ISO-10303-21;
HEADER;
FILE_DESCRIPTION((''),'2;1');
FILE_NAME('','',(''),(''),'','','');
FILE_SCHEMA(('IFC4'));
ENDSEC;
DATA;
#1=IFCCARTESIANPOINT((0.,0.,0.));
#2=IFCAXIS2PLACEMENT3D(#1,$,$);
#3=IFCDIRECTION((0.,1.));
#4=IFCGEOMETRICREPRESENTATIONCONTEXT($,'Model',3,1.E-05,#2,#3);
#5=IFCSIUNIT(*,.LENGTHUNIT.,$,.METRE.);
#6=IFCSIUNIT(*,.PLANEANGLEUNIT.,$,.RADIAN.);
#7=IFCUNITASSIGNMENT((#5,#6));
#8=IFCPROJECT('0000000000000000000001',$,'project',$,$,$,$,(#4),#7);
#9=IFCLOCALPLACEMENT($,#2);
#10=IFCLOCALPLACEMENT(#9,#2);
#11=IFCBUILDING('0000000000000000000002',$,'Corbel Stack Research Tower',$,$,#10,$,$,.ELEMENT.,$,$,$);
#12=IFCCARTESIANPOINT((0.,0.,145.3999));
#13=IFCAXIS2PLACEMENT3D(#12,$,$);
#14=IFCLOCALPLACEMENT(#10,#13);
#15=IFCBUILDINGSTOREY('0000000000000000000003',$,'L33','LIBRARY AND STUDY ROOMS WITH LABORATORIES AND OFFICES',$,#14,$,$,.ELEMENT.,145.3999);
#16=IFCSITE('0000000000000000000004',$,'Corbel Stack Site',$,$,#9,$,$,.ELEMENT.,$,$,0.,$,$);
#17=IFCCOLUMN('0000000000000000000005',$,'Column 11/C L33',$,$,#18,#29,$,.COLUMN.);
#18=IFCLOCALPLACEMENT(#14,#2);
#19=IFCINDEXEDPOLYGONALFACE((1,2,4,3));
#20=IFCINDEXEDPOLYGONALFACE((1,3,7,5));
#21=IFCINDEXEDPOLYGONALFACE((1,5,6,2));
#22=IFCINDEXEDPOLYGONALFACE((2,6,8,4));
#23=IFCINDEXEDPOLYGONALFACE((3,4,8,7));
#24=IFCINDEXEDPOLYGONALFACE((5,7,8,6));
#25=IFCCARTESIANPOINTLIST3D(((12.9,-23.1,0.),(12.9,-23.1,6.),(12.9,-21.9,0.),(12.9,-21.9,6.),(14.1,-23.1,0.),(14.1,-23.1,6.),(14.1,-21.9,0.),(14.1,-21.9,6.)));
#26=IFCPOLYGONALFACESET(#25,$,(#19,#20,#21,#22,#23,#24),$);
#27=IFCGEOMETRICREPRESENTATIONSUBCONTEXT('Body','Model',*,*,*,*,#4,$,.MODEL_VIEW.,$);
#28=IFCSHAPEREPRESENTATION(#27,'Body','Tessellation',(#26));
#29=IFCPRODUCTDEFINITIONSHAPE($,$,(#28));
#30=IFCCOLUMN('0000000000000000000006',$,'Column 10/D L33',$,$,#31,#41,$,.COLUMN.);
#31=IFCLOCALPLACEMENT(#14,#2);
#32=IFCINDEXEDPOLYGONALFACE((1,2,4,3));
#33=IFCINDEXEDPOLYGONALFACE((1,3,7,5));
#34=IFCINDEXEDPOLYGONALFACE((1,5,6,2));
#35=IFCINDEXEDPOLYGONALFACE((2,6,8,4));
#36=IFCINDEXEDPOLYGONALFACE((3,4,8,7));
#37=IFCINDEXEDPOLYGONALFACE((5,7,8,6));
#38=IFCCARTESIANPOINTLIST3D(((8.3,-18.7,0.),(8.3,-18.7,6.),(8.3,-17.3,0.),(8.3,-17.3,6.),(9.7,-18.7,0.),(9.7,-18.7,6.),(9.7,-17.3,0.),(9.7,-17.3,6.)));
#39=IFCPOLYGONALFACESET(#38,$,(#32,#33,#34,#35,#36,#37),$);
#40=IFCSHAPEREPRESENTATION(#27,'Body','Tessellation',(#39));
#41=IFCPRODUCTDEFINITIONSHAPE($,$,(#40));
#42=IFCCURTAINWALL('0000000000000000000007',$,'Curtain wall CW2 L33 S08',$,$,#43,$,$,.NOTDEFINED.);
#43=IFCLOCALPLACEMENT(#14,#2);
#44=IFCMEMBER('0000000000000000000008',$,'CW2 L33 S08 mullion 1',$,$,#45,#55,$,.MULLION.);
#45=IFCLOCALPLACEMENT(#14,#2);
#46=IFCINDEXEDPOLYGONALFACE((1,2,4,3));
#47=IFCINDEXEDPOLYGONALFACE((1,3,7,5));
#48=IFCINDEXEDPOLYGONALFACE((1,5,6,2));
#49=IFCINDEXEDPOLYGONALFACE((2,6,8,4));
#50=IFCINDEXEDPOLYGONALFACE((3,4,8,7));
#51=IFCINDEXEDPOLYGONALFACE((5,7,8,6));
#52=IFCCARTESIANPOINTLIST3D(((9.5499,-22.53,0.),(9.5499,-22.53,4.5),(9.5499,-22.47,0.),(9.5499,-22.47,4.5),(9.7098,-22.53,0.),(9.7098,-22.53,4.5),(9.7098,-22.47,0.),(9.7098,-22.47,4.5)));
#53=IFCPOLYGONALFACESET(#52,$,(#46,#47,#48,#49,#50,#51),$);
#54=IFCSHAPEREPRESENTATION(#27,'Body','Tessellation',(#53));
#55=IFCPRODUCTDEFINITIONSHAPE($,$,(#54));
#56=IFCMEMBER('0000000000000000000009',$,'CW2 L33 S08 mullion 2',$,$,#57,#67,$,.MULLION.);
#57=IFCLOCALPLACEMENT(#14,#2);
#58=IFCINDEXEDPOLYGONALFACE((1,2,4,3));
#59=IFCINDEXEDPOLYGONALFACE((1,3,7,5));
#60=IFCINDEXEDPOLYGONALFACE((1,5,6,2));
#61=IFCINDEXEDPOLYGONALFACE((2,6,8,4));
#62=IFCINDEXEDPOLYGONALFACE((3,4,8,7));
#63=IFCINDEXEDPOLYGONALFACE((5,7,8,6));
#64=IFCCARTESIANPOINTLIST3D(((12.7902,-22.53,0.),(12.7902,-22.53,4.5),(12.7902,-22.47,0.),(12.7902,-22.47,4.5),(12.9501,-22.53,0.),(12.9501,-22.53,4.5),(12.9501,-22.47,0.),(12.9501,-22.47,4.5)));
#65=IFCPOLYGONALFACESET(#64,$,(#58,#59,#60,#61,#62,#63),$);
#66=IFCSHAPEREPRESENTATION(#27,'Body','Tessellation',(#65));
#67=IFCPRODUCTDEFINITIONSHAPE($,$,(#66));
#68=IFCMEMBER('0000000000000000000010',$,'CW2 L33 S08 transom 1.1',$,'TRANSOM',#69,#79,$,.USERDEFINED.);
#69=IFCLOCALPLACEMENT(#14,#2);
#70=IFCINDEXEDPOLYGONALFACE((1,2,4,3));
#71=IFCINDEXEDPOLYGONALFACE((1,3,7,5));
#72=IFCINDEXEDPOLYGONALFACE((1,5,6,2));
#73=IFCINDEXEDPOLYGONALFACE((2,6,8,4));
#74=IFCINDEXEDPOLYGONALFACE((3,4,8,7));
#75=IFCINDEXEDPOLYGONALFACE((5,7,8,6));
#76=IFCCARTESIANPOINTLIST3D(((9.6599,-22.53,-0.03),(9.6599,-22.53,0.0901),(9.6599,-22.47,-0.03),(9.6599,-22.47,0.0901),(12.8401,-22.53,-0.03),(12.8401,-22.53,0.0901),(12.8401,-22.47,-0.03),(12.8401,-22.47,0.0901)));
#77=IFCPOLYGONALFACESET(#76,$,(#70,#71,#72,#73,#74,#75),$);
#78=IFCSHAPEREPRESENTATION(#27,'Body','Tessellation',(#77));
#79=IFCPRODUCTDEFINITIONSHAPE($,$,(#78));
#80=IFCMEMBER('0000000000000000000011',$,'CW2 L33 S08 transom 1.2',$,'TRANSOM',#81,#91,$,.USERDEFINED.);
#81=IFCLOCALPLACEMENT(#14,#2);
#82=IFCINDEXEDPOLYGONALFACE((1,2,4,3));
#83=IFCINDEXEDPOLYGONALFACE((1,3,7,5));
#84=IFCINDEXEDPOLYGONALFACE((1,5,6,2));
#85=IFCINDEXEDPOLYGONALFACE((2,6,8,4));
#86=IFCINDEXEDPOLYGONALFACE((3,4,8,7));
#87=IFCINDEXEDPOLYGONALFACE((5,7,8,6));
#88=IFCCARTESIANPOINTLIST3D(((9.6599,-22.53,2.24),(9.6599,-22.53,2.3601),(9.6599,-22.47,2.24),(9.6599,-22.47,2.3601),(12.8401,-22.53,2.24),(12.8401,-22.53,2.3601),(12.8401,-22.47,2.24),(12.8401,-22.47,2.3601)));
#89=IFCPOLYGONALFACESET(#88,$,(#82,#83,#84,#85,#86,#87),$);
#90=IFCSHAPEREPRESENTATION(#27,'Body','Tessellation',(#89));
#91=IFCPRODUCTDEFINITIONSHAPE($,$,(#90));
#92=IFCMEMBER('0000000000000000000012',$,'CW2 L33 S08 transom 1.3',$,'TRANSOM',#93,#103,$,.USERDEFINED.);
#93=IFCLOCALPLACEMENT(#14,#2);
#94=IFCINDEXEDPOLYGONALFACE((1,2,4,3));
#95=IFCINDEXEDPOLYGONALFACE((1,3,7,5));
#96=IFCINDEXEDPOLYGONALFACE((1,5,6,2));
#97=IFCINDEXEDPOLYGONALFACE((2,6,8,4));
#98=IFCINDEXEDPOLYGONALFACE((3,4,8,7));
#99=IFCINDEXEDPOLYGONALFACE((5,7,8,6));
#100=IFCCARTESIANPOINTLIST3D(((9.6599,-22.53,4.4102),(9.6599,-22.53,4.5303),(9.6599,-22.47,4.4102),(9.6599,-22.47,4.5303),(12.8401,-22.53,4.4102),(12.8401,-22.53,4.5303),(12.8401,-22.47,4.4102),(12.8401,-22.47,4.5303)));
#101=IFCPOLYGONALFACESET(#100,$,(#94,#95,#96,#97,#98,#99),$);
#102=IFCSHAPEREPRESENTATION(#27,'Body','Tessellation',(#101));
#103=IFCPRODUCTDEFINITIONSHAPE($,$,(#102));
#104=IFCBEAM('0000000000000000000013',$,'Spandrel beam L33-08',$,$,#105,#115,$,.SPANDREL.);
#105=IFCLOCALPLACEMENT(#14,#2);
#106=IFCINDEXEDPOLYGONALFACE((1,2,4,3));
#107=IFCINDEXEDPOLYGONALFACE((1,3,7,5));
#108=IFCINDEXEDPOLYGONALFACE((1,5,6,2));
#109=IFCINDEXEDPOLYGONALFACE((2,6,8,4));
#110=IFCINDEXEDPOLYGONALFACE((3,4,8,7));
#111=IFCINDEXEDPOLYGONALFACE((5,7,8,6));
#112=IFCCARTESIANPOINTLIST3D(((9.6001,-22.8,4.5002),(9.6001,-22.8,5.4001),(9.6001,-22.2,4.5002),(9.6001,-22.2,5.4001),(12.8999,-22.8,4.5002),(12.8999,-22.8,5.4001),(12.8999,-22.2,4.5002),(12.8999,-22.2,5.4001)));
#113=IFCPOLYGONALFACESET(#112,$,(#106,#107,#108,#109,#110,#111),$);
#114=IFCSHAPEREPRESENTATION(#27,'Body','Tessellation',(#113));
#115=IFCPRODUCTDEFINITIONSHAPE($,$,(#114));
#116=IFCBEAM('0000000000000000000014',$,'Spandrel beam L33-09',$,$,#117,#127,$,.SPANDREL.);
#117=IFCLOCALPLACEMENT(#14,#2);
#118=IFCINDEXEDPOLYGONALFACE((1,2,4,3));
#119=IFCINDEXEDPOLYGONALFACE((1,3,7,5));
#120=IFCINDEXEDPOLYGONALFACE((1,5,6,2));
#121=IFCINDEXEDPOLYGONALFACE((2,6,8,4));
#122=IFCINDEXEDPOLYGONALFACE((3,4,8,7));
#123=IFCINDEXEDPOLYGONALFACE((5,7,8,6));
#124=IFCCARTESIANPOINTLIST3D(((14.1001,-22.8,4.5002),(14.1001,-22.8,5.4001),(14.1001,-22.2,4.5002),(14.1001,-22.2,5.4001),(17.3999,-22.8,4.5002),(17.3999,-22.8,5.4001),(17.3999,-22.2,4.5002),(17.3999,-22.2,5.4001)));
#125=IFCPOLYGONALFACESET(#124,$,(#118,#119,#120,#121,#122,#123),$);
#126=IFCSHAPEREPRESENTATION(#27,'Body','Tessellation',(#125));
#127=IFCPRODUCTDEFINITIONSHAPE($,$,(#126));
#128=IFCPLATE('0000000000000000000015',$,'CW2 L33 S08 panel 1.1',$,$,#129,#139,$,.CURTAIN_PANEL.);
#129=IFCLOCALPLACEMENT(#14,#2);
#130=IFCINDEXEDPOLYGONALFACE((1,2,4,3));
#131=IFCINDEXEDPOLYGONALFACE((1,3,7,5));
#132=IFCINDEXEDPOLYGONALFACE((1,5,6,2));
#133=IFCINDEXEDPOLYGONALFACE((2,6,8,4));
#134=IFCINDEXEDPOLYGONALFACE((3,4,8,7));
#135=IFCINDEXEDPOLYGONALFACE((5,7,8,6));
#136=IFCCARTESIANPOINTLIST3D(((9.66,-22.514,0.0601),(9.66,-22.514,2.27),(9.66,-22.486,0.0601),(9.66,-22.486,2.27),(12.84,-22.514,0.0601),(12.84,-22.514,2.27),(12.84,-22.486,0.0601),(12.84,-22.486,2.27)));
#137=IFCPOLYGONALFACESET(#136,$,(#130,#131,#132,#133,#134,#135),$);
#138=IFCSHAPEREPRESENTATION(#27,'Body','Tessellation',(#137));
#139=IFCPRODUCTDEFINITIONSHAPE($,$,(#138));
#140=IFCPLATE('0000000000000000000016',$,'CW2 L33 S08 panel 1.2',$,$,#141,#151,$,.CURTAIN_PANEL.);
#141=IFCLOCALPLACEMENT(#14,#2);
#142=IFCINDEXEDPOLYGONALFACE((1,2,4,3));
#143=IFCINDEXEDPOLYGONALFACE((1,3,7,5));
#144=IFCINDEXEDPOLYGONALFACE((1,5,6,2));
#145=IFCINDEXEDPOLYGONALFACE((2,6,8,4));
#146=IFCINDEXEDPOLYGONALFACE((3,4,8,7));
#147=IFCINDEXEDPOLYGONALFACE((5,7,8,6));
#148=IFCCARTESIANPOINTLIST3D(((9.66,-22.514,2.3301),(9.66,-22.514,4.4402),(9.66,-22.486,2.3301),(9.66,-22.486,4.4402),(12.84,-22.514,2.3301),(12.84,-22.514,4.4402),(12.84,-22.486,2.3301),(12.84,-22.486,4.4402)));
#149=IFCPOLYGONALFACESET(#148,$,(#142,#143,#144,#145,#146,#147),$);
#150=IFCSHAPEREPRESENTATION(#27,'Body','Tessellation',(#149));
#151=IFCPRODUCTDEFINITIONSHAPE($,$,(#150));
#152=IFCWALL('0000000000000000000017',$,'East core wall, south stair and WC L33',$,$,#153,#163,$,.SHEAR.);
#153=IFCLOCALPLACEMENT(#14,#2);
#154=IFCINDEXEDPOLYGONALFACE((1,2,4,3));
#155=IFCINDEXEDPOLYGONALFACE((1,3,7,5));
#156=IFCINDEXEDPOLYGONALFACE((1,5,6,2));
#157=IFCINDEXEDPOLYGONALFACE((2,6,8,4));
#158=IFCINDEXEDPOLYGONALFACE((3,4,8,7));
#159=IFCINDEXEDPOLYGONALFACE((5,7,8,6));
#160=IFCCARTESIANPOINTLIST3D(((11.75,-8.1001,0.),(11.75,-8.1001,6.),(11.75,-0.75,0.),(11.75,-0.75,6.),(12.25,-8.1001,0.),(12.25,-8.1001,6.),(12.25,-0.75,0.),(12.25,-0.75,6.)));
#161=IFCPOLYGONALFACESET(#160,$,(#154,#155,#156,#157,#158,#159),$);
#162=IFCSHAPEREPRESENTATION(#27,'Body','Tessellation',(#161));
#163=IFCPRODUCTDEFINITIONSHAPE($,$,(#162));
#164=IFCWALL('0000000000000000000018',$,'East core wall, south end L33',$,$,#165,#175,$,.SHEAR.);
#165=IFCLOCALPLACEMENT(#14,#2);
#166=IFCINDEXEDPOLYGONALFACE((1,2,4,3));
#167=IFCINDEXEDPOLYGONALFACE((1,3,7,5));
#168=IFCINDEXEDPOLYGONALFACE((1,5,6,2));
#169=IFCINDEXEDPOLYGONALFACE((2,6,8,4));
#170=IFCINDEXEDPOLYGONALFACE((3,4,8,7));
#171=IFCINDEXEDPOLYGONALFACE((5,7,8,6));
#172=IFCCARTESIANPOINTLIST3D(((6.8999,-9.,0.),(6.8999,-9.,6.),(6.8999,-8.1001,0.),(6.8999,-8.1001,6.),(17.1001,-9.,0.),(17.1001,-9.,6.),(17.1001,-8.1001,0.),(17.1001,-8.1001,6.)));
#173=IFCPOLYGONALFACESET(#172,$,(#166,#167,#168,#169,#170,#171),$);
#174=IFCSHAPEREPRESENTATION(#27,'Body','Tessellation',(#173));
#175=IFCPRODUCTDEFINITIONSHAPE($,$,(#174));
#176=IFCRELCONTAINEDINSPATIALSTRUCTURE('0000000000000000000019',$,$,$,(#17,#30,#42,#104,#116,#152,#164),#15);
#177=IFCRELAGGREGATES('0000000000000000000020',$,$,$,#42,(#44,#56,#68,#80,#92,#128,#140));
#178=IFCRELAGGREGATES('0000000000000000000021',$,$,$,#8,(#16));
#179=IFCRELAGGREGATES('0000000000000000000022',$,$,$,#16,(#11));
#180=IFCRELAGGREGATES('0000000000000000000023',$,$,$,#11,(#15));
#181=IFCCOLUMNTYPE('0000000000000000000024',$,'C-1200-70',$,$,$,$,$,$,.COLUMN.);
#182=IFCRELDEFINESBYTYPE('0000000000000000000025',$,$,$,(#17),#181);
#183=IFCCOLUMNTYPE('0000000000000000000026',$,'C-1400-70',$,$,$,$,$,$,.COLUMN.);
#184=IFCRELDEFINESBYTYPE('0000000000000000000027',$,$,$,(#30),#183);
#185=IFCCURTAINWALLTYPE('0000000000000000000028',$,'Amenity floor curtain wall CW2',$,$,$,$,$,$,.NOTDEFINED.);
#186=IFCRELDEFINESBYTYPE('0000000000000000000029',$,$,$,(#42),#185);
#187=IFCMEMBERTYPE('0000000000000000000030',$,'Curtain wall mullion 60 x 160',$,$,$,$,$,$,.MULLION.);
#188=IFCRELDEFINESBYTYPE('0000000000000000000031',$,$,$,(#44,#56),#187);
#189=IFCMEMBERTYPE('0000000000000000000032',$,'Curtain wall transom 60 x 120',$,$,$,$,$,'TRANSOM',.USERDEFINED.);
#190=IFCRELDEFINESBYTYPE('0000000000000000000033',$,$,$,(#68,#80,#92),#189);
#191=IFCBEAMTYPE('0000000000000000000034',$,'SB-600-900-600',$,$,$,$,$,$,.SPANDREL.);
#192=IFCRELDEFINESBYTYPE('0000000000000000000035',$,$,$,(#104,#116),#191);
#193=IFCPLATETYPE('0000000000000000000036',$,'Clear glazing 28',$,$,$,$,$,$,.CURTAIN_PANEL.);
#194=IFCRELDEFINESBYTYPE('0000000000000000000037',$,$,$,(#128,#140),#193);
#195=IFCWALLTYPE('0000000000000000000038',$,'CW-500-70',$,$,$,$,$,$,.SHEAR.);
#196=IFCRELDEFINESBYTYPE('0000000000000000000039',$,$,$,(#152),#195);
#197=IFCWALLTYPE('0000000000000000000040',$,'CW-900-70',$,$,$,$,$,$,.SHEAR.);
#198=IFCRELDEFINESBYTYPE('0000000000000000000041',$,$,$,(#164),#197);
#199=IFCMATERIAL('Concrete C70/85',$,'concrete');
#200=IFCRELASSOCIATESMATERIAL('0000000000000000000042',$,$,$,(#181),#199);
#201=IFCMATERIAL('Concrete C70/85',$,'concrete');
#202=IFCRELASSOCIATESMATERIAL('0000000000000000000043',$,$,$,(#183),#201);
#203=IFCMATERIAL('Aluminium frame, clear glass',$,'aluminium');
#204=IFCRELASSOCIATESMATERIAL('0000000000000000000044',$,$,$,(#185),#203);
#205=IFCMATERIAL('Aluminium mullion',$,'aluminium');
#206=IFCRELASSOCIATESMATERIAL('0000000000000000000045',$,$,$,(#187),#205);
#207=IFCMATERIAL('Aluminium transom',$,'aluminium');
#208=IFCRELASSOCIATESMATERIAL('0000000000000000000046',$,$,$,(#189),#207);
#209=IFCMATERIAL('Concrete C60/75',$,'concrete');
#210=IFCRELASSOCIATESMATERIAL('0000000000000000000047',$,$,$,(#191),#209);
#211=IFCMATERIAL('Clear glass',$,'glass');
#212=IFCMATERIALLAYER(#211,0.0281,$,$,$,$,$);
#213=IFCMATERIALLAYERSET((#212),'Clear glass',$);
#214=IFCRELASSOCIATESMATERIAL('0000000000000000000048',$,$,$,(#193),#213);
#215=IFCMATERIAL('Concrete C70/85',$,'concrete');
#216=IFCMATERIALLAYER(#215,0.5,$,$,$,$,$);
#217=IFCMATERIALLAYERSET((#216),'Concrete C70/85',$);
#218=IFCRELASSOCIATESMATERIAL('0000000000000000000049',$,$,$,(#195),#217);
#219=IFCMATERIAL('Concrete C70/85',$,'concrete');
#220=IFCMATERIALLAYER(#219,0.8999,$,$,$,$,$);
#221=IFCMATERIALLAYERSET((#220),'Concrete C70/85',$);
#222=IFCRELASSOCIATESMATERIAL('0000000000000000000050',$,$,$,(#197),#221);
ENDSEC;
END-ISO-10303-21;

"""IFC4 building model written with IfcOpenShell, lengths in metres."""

from ifc_helpers import new_model, si_unit, direction, frame, frame_2d, origin, origin_2d, place, context, subcontext, project, spatial, rectangle, extrude, material, layer, layer_set, material_profile, profile_set, type_object, element, aggregate, save


model = new_model("IFC4")

# Units and contexts
model_context = context("Model", 3, precision=1e-05, world=origin(), true_north=direction((0.0, 1.0)))
body_context = subcontext(model_context, "Body", "Model", "MODEL_VIEW")
ifc_project = project(units=[si_unit("LENGTHUNIT", "METRE"), si_unit("PLANEANGLEUNIT", "RADIAN")], contexts=[model_context])

# Site, building, storey
site_placement = place(None, origin())
site = spatial("IfcSite", under=ifc_project, at=site_placement, Name="Corbel Stack Site", CompositionType="ELEMENT", RefElevation=0.0)
building_placement = place(site_placement, origin())
building = spatial("IfcBuilding", under=site, at=building_placement, Name="Corbel Stack Research Tower", CompositionType="ELEMENT")
storey_placement = place(building_placement, frame((0.0, 0.0, 145.3999)))
storey = spatial("IfcBuildingStorey", under=building, at=storey_placement, Name="L33", Description="LIBRARY AND STUDY ROOMS WITH LABORATORIES AND OFFICES", CompositionType="ELEMENT", Elevation=145.3999)

# Columns
ifc_material_1 = material(Name="Concrete C70/85", Category="concrete")
ifc_material_profile_1 = material_profile(ifc_material_1, rectangle(XDim=1.2, YDim=1.2, at=origin_2d()), Name="RC 1200 x 1200")
ifc_profile_set_1 = profile_set([ifc_material_profile_1], Name="Concrete C70/85")
column_type_1 = type_object("IfcColumnType", Name="C-1200-70", PredefinedType="COLUMN", material=ifc_profile_set_1)
column_1_placement = place(storey_placement, frame((13.5, -22.5, 0.0), z_axis=(0.0, 0.0, 1.0), x_axis=(1.0, 0.0, 0.0)))
element("IfcColumn", 1, at=column_1_placement, inside=storey, type_object=column_type_1, Name="Column 11/C L33", PredefinedType="COLUMN", context=body_context, shape_type="SweptSolid", body=[
    extrude(rectangle(XDim=1.2, YDim=1.2, at=origin_2d()), origin(), (0.0, 0.0, 1.0), 6.0),
])
ifc_material_2 = material(Name="Concrete C70/85", Category="concrete")
ifc_material_profile_2 = material_profile(ifc_material_2, rectangle(XDim=1.3999, YDim=1.3999, at=origin_2d()), Name="RC 1400 x 1400")
ifc_profile_set_2 = profile_set([ifc_material_profile_2], Name="Concrete C70/85")
column_type_2 = type_object("IfcColumnType", Name="C-1400-70", PredefinedType="COLUMN", material=ifc_profile_set_2)
column_2_placement = place(storey_placement, frame((9.0, -18.0, 0.0), z_axis=(0.0, 0.0, 1.0), x_axis=(1.0, 0.0, 0.0)))
element("IfcColumn", 2, at=column_2_placement, inside=storey, type_object=column_type_2, Name="Column 10/D L33", PredefinedType="COLUMN", context=body_context, shape_type="SweptSolid", body=[
    extrude(rectangle(XDim=1.3999, YDim=1.3999, at=origin_2d()), origin(), (0.0, 0.0, 1.0), 6.0),
])

# Curtain wall, members
ifc_material_3 = material(Name="Aluminium frame, clear glass", Category="aluminium")
curtain_wall_type = type_object("IfcCurtainWallType", Name="Amenity floor curtain wall CW2", PredefinedType="NOTDEFINED", material=ifc_material_3)
curtain_wall_placement = place(storey_placement, origin())
curtain_wall = element("IfcCurtainWall", 3, at=curtain_wall_placement, inside=storey, type_object=curtain_wall_type, Name="Curtain wall CW2 L33 S08", PredefinedType="NOTDEFINED")
ifc_material_4 = material(Name="Aluminium mullion", Category="aluminium")
ifc_material_profile_3 = material_profile(ifc_material_4, rectangle(XDim=0.0601, YDim=0.1599, at=origin_2d()), Name="Mullion 60 x 160")
ifc_profile_set_3 = profile_set([ifc_material_profile_3], Name="Aluminium mullion")
member_type_1 = type_object("IfcMemberType", Name="Curtain wall mullion 60 x 160", PredefinedType="MULLION", material=ifc_profile_set_3)
member_1_placement = place(storey_placement, frame((9.6299, -22.5, 0.0), z_axis=(0.0, 0.0, 1.0), x_axis=(0.0, 1.0, 0.0)))
member_1 = element("IfcMember", 4, at=member_1_placement, type_object=member_type_1, Name="CW2 L33 S08 mullion 1", PredefinedType="MULLION", context=body_context, shape_type="SweptSolid", body=[
    extrude(rectangle(XDim=0.0601, YDim=0.1599, at=origin_2d()), origin(), (0.0, 0.0, 1.0), 4.5),
])
member_2_placement = place(storey_placement, frame((12.8701, -22.5, 0.0), z_axis=(0.0, 0.0, 1.0), x_axis=(0.0, 1.0, 0.0)))
member_2 = element("IfcMember", 5, at=member_2_placement, type_object=member_type_1, Name="CW2 L33 S08 mullion 2", PredefinedType="MULLION", context=body_context, shape_type="SweptSolid", body=[
    extrude(rectangle(XDim=0.0601, YDim=0.1599, at=origin_2d()), origin(), (0.0, 0.0, 1.0), 4.5),
])
ifc_material_5 = material(Name="Aluminium transom", Category="aluminium")
ifc_material_profile_4 = material_profile(ifc_material_5, rectangle(XDim=0.0601, YDim=0.1201, at=origin_2d()), Name="Transom 60 x 120")
ifc_profile_set_4 = profile_set([ifc_material_profile_4], Name="Aluminium transom")
member_type_2 = type_object("IfcMemberType", Name="Curtain wall transom 60 x 120", ElementType="TRANSOM", PredefinedType="USERDEFINED", material=ifc_profile_set_4)
member_3_placement = place(storey_placement, frame((9.6599, -22.5, 0.03), z_axis=(1.0, 0.0, 0.0), x_axis=(0.0, 1.0, 0.0)))
member_3 = element("IfcMember", 6, at=member_3_placement, type_object=member_type_2, Name="CW2 L33 S08 transom 1.1", ObjectType="TRANSOM", PredefinedType="USERDEFINED", context=body_context, shape_type="SweptSolid", body=[
    extrude(rectangle(XDim=0.0601, YDim=0.1201, at=origin_2d()), origin(), (0.0, 0.0, 1.0), 3.1802),
])
member_4_placement = place(storey_placement, frame((9.6599, -22.5, 2.3), z_axis=(1.0, 0.0, 0.0), x_axis=(0.0, 1.0, 0.0)))
member_4 = element("IfcMember", 7, at=member_4_placement, type_object=member_type_2, Name="CW2 L33 S08 transom 1.2", ObjectType="TRANSOM", PredefinedType="USERDEFINED", context=body_context, shape_type="SweptSolid", body=[
    extrude(rectangle(XDim=0.0601, YDim=0.1201, at=origin_2d()), origin(), (0.0, 0.0, 1.0), 3.1802),
])
member_5_placement = place(storey_placement, frame((9.6599, -22.5, 4.4702), z_axis=(1.0, 0.0, 0.0), x_axis=(0.0, 1.0, 0.0)))
member_5 = element("IfcMember", 8, at=member_5_placement, type_object=member_type_2, Name="CW2 L33 S08 transom 1.3", ObjectType="TRANSOM", PredefinedType="USERDEFINED", context=body_context, shape_type="SweptSolid", body=[
    extrude(rectangle(XDim=0.0601, YDim=0.1201, at=origin_2d()), origin(), (0.0, 0.0, 1.0), 3.1802),
])

# Beams
ifc_material_6 = material(Name="Concrete C60/75", Category="concrete")
ifc_material_profile_5 = material_profile(ifc_material_6, rectangle(XDim=0.6001, YDim=0.8999, at=origin_2d()), Name="RC 600 x 900")
ifc_profile_set_5 = profile_set([ifc_material_profile_5], Name="Concrete C60/75")
beam_type = type_object("IfcBeamType", Name="SB-600-900-600", PredefinedType="SPANDREL", material=ifc_profile_set_5)
for number, where, z_axis, x_axis, name in (
    (9, (9.6001, -22.5, 4.9502), (1.0, 0.0, 0.0), (0.0, 1.0, 0.0), "Spandrel beam L33-08"),
    (10, (14.1001, -22.5, 4.9502), (1.0, 0.0, 0.0), (0.0, 1.0, 0.0), "Spandrel beam L33-09"),
):
    element("IfcBeam", number, at=place(storey_placement, frame(where, z_axis=z_axis, x_axis=x_axis)), inside=storey, type_object=beam_type, Name=name, PredefinedType="SPANDREL", context=body_context, shape_type="SweptSolid", body=[
        extrude(rectangle(XDim=0.6001, YDim=0.8999, at=origin_2d()), origin(), (0.0, 0.0, 1.0), 3.2998),
    ])

# Plates
ifc_material_7 = material(Name="Clear glass", Category="glass")
ifc_layer_1 = layer(ifc_material_7, 0.0281)
ifc_layer_set_1 = layer_set([ifc_layer_1], Name="Clear glass")
plate_type = type_object("IfcPlateType", Name="Clear glazing 28", PredefinedType="CURTAIN_PANEL", material=ifc_layer_set_1)
plate_1_placement = place(storey_placement, frame((11.25, -22.5, 0.0601), z_axis=(0.0, 0.0, 1.0), x_axis=(1.0, 0.0, 0.0)))
plate_1 = element("IfcPlate", 11, at=plate_1_placement, type_object=plate_type, Name="CW2 L33 S08 panel 1.1", PredefinedType="CURTAIN_PANEL", context=body_context, shape_type="SweptSolid", body=[
    extrude(rectangle(XDim=3.1799, YDim=0.0281, at=origin_2d()), origin(), (0.0, 0.0, 1.0), 2.21),
])
plate_2_placement = place(storey_placement, frame((11.25, -22.5, 2.3301), z_axis=(0.0, 0.0, 1.0), x_axis=(1.0, 0.0, 0.0)))
plate_2 = element("IfcPlate", 12, at=plate_2_placement, type_object=plate_type, Name="CW2 L33 S08 panel 1.2", PredefinedType="CURTAIN_PANEL", context=body_context, shape_type="SweptSolid", body=[
    extrude(rectangle(XDim=3.1799, YDim=0.0281, at=origin_2d()), origin(), (0.0, 0.0, 1.0), 2.1101),
])
aggregate(curtain_wall, [member_1, member_2, member_3, member_4, member_5, plate_1, plate_2])

# Wall
ifc_material_8 = material(Name="Concrete C70/85", Category="concrete")
ifc_layer_2 = layer(ifc_material_8, 0.5)
ifc_layer_set_2 = layer_set([ifc_layer_2], Name="Concrete C70/85")
wall_type_1 = type_object("IfcWallType", Name="CW-500-70", PredefinedType="SHEAR", material=ifc_layer_set_2)
wall_1_placement = place(storey_placement, frame((12.0, -8.1001, 0.0), z_axis=(0.0, 0.0, 1.0), x_axis=(0.0, 1.0, 0.0)))
element("IfcWall", 13, at=wall_1_placement, inside=storey, type_object=wall_type_1, Name="East core wall, south stair and WC L33", PredefinedType="SHEAR", context=body_context, shape_type="SweptSolid", body=[
    extrude(rectangle(XDim=7.3501, YDim=0.5, at=frame_2d((3.675, 0.0))), origin(), (0.0, 0.0, 1.0), 6.0),
])

# Shared definitions
ifc_material_9 = material(Name="Concrete C70/85", Category="concrete")
ifc_layer_3 = layer(ifc_material_9, 0.8999)
ifc_layer_set_3 = layer_set([ifc_layer_3], Name="Concrete C70/85")
wall_type_2 = type_object("IfcWallType", Name="CW-900-70", PredefinedType="SHEAR", material=ifc_layer_set_3)

# Wall
wall_2_placement = place(storey_placement, frame((6.8999, -8.55, 0.0), z_axis=(0.0, 0.0, 1.0), x_axis=(1.0, 0.0, 0.0)))
element("IfcWall", 14, at=wall_2_placement, inside=storey, type_object=wall_type_2, Name="East core wall, south end L33", PredefinedType="SHEAR", context=body_context, shape_type="SweptSolid", body=[
    extrude(rectangle(XDim=10.2002, YDim=0.8999, at=frame_2d((5.1001, 0.0))), origin(), (0.0, 0.0, 1.0), 6.0),
])

save(model, "model.ifc")
